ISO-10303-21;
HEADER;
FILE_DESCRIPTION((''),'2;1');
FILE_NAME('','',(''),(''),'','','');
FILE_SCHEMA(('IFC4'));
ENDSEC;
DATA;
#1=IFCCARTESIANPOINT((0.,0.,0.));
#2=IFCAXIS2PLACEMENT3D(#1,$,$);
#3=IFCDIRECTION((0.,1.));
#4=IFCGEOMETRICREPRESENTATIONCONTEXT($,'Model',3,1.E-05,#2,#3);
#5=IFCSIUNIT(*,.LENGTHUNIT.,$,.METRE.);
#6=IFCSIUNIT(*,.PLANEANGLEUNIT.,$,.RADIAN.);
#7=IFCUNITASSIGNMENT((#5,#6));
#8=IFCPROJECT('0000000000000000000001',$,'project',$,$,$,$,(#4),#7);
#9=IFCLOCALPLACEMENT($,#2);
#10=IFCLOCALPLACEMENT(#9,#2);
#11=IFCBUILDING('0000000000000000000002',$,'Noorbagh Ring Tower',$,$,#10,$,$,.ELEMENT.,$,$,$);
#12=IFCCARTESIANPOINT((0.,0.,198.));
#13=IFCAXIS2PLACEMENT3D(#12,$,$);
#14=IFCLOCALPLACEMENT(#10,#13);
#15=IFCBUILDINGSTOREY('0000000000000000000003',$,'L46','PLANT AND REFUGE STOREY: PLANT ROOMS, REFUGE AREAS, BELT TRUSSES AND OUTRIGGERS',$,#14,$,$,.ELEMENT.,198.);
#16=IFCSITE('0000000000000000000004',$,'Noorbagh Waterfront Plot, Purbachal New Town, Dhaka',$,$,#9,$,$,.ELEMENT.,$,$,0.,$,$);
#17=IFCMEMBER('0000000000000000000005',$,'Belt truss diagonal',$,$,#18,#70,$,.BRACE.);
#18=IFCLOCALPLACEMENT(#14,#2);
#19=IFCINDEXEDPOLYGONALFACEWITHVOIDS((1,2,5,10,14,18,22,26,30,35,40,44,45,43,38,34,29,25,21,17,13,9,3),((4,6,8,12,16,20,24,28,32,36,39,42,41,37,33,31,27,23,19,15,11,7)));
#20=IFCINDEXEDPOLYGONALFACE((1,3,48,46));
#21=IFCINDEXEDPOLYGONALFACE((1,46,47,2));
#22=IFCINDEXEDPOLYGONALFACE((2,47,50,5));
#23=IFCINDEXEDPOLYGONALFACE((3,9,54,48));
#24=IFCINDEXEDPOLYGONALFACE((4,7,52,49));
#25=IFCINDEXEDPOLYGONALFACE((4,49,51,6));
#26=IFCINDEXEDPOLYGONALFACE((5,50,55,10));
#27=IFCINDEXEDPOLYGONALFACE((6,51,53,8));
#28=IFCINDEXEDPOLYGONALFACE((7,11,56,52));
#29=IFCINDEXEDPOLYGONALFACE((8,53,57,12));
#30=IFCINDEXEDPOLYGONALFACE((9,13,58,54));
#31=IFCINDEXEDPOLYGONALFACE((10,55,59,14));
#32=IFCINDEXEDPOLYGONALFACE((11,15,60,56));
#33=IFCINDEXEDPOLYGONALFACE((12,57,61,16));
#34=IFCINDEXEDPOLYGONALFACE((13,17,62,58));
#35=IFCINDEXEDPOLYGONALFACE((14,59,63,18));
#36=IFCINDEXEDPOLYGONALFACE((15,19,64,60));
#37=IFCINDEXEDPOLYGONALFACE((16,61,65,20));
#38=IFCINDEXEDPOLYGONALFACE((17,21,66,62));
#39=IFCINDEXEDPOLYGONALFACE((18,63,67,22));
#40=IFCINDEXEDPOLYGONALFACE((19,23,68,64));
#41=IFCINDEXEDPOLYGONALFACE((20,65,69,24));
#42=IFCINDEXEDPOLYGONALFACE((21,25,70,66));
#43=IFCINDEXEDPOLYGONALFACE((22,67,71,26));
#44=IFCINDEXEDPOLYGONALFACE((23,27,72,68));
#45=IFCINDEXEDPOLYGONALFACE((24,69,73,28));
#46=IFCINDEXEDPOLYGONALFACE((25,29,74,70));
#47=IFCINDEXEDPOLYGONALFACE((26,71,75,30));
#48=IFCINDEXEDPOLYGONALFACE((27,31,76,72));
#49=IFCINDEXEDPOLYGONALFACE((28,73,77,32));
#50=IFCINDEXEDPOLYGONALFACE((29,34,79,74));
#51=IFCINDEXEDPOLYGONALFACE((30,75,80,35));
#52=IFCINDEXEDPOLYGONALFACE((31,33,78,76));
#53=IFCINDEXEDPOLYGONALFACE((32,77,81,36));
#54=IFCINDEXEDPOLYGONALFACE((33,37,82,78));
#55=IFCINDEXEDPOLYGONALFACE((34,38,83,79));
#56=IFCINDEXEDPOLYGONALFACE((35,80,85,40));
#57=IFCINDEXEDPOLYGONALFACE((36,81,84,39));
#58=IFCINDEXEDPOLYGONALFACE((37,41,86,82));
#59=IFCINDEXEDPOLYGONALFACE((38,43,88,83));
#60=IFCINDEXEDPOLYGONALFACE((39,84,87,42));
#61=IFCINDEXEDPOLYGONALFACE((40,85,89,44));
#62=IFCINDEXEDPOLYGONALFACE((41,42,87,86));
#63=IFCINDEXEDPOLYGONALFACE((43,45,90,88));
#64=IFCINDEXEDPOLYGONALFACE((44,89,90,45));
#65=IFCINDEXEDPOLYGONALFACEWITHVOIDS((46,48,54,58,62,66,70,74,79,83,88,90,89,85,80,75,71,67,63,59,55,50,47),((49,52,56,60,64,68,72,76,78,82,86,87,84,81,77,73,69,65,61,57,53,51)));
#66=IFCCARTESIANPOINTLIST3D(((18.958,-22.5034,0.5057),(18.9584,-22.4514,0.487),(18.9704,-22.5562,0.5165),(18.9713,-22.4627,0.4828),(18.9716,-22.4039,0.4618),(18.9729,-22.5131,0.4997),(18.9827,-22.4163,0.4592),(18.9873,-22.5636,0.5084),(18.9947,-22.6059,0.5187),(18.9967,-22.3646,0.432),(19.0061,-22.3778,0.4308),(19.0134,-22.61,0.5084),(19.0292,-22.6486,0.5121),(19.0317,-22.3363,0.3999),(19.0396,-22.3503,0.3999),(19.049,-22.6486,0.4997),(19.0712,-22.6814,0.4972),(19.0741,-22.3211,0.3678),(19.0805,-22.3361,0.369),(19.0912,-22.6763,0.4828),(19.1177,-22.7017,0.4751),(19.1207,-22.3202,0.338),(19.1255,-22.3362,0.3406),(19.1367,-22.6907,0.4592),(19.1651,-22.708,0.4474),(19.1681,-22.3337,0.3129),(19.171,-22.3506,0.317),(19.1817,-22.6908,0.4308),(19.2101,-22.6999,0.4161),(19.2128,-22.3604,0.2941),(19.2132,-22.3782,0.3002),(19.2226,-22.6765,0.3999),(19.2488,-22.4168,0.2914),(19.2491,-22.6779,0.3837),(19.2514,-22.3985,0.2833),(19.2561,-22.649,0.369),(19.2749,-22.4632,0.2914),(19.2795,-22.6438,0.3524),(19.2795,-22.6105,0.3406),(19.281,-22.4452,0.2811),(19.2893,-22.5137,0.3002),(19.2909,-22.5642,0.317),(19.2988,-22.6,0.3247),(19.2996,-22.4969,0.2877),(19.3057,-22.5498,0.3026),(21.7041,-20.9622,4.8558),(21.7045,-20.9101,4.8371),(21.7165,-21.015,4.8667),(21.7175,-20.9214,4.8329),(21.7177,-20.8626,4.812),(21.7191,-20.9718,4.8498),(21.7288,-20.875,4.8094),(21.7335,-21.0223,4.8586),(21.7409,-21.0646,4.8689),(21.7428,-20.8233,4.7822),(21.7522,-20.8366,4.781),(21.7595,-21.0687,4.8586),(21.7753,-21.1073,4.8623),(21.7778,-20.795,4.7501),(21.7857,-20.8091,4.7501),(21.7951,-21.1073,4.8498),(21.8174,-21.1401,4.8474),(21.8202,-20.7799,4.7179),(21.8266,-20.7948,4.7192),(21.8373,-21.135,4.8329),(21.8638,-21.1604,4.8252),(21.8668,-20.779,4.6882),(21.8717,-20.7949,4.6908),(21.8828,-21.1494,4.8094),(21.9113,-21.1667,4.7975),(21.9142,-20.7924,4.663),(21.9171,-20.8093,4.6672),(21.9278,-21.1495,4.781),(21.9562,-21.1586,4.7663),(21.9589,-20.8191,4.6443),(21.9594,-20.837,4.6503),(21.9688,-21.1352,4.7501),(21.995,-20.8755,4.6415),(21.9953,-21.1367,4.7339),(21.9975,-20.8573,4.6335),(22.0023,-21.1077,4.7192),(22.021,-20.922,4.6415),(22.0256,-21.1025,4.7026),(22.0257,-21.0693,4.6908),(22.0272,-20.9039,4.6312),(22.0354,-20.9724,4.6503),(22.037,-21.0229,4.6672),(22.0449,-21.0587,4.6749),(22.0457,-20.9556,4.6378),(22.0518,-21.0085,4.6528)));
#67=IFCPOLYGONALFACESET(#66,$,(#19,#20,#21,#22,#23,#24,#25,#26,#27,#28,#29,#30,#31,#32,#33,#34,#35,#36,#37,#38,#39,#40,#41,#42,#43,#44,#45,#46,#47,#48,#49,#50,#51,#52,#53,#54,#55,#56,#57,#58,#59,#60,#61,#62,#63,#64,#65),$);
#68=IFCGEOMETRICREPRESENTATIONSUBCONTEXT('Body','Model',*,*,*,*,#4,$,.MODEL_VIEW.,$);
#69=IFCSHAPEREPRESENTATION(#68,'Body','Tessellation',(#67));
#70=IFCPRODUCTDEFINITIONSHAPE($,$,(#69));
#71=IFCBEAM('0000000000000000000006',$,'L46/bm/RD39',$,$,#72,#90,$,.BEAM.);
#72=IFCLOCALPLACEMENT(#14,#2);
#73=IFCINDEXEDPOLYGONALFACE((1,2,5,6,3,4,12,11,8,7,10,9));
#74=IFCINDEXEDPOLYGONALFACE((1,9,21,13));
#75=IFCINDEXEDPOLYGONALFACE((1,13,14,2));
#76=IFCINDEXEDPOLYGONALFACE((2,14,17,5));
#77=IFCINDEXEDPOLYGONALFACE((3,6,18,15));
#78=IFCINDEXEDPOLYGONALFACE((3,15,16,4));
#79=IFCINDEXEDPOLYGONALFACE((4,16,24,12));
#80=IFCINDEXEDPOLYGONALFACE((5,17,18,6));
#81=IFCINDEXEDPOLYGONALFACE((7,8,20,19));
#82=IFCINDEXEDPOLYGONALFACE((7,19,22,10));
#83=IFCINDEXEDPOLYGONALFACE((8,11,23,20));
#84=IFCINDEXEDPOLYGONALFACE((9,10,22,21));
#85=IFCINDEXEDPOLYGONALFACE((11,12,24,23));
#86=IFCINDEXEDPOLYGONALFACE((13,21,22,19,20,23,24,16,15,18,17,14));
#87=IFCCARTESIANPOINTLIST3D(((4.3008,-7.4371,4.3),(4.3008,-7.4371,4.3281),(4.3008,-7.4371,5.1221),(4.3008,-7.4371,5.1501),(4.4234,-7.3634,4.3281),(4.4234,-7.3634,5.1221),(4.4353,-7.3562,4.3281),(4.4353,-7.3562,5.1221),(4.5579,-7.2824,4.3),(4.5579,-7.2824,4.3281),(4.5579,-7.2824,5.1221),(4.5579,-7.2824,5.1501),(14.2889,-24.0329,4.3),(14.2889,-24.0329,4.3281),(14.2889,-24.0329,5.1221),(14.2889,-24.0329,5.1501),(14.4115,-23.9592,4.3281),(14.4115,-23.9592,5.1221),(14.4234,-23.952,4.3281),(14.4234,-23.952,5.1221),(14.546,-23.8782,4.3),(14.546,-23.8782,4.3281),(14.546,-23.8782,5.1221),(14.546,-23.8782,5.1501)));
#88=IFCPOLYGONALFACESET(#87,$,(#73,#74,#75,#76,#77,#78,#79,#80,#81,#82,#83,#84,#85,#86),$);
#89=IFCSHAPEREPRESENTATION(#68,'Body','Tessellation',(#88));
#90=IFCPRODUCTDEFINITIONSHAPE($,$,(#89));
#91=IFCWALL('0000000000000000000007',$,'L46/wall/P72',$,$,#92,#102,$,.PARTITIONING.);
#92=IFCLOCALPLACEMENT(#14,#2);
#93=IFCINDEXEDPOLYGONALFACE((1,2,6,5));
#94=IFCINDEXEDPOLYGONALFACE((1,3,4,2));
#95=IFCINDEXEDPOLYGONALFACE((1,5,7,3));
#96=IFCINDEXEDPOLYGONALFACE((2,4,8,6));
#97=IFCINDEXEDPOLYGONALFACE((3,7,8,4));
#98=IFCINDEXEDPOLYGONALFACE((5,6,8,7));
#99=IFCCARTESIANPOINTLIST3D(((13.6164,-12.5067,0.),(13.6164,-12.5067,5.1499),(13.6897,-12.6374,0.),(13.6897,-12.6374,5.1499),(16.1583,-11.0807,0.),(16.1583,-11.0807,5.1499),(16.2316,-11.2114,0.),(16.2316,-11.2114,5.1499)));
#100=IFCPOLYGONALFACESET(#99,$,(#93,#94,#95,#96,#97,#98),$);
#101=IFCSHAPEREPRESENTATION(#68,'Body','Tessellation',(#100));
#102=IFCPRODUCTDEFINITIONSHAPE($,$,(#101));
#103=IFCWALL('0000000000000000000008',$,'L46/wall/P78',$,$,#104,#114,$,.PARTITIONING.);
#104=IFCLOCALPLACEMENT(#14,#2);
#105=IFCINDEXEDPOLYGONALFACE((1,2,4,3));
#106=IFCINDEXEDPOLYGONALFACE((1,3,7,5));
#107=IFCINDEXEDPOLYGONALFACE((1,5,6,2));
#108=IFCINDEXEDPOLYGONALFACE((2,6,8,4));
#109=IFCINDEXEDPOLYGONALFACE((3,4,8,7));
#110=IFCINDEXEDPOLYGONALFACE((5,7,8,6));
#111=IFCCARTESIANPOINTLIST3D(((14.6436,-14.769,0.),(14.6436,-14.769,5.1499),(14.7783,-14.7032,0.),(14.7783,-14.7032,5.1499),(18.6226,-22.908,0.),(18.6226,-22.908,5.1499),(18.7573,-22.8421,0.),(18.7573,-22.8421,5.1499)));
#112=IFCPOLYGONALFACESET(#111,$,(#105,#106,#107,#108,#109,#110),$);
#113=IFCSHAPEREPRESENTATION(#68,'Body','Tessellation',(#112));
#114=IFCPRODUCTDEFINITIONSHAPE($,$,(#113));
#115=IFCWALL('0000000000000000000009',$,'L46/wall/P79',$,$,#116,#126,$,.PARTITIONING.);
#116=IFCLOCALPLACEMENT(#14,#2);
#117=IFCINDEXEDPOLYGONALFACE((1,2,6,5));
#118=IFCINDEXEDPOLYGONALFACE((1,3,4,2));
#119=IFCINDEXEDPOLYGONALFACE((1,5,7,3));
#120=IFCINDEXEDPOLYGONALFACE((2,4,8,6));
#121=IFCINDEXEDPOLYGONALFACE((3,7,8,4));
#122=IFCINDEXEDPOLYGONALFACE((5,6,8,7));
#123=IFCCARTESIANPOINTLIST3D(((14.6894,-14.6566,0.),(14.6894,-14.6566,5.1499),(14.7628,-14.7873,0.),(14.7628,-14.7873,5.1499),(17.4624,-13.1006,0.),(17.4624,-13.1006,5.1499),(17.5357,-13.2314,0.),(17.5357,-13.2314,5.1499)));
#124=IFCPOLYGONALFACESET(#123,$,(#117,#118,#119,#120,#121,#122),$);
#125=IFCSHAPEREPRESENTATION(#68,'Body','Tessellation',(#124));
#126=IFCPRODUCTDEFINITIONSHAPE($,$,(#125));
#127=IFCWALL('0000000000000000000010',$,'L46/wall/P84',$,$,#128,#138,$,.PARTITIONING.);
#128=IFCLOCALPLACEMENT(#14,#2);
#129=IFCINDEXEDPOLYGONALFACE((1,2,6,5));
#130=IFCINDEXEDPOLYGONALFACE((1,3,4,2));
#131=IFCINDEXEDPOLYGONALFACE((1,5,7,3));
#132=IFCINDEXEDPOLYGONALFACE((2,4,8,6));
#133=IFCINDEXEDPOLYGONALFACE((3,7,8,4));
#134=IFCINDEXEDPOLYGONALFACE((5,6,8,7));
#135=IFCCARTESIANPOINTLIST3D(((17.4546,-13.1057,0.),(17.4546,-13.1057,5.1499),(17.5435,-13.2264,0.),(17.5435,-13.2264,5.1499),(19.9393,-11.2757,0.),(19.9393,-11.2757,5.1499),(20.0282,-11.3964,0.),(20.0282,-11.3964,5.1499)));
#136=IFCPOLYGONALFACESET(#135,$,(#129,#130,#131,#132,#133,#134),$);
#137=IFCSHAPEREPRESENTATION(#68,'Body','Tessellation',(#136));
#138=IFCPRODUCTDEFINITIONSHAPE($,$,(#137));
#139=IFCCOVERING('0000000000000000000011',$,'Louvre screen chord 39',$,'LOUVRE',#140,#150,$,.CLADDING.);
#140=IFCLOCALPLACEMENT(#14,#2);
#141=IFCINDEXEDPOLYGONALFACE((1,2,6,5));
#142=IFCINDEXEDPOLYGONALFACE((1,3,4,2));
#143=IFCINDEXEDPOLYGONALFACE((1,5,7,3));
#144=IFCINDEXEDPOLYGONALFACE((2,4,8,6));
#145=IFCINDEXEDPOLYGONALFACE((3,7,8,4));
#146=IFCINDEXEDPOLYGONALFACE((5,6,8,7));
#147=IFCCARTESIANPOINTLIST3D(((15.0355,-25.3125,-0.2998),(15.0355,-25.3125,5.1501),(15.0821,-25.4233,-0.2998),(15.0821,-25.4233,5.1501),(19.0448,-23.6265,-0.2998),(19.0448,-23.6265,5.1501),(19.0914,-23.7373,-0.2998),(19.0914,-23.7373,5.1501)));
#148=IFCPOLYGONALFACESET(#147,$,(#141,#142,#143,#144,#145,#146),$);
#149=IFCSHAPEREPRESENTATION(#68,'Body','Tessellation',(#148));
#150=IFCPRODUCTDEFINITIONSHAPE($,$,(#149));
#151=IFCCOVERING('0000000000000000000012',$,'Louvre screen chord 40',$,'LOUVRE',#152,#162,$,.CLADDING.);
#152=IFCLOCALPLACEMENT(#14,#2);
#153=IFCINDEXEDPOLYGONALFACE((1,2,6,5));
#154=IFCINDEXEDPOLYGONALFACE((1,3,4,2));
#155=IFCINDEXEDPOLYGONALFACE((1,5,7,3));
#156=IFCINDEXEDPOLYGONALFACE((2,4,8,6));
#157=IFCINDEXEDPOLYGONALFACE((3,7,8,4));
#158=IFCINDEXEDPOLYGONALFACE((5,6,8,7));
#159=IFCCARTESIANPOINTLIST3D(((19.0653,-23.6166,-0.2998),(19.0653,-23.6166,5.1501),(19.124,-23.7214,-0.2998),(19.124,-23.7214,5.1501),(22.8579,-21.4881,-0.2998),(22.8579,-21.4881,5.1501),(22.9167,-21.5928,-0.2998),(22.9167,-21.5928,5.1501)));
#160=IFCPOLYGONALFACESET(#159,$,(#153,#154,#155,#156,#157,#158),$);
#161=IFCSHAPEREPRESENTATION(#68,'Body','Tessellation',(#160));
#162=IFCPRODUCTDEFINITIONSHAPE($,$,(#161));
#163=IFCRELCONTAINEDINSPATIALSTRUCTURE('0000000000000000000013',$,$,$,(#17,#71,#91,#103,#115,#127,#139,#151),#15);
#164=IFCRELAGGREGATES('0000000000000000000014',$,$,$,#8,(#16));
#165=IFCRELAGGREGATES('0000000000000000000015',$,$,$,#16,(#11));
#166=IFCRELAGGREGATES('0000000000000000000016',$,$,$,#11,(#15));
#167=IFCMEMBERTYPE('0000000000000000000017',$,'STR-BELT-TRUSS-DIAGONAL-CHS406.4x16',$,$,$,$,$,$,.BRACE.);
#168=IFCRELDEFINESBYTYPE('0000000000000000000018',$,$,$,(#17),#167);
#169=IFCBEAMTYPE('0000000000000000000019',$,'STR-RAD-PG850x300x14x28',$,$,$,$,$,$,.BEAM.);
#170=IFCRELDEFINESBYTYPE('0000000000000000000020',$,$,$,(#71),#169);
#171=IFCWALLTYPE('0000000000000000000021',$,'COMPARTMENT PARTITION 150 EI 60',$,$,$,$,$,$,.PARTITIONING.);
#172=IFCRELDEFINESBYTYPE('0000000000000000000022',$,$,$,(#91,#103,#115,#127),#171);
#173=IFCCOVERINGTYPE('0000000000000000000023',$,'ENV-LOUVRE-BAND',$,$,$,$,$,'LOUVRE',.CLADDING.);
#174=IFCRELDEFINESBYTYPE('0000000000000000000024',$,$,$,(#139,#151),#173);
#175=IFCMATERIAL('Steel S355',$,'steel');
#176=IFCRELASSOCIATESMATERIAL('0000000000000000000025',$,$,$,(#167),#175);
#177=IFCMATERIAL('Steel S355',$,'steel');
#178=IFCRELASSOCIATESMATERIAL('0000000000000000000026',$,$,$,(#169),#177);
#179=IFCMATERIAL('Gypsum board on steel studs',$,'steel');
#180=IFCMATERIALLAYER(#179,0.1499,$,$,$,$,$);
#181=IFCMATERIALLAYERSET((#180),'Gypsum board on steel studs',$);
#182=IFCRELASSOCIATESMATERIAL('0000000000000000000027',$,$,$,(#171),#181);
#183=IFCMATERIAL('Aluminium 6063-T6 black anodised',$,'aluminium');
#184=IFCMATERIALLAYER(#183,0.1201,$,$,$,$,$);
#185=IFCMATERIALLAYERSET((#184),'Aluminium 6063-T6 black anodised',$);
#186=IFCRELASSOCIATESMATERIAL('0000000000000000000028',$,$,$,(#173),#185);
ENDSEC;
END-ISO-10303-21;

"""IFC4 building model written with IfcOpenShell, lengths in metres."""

from ifc_helpers import new_model, si_unit, direction, frame, frame_2d, origin, origin_2d, place, context, subcontext, project, spatial, rectangle, hollow_circle, i_section, extrude, material, layer, layer_set, material_profile, profile_set, type_object, element, save


model = new_model("IFC4")

# Units and contexts
model_context = context("Model", 3, precision=1e-05, world=origin(), true_north=direction((0.0, 1.0)))
body_context = subcontext(model_context, "Body", "Model", "MODEL_VIEW")
ifc_project = project(units=[si_unit("LENGTHUNIT", "METRE"), si_unit("PLANEANGLEUNIT", "RADIAN")], contexts=[model_context])

# Site, building, storey
site_placement = place(None, origin())
site = spatial("IfcSite", under=ifc_project, at=site_placement, Name="Noorbagh Waterfront Plot, Purbachal New Town, Dhaka", CompositionType="ELEMENT", RefElevation=0.0)
building_placement = place(site_placement, origin())
building = spatial("IfcBuilding", under=site, at=building_placement, Name="Noorbagh Ring Tower", CompositionType="ELEMENT")
storey_placement = place(building_placement, frame((0.0, 0.0, 198.0)))
storey = spatial("IfcBuildingStorey", under=building, at=storey_placement, Name="L46", Description="PLANT AND REFUGE STOREY: PLANT ROOMS, REFUGE AREAS, BELT TRUSSES AND OUTRIGGERS", CompositionType="ELEMENT", Elevation=198.0)

# Member
ifc_material_1 = material(Name="Steel S355", Category="steel")
ifc_material_profile_1 = material_profile(ifc_material_1, hollow_circle(Radius=0.2031, WallThickness=0.0161, at=origin_2d()), Name="CHS406.4x16")
ifc_profile_set_1 = profile_set([ifc_material_profile_1], Name="Steel S355")
member_type = type_object("IfcMemberType", Name="STR-BELT-TRUSS-DIAGONAL-CHS406.4x16", PredefinedType="BRACE", material=ifc_profile_set_1)
member_1_placement = place(storey_placement, frame((19.1311, -22.5134, 0.3999), z_axis=(0.511351, 0.286998, 0.810032), x_axis=(-0.489437, 0.872039, 0.0)))
element("IfcMember", 1, at=member_1_placement, inside=storey, type_object=member_type, Name="Belt truss diagonal", PredefinedType="BRACE", context=body_context, shape_type="SweptSolid", body=[
    extrude(hollow_circle(Radius=0.2031, WallThickness=0.0161, at=origin_2d()), origin(), (0.0, 0.0, 1.0), 5.3704),
])

# Beam
ifc_material_2 = material(Name="Steel S355", Category="steel")
ifc_material_profile_2 = material_profile(ifc_material_2, i_section(OverallWidth=0.3, OverallDepth=0.8501, WebThickness=0.0139, FlangeThickness=0.0281, at=origin_2d()), Name="PG850x300x14x28")
ifc_profile_set_2 = profile_set([ifc_material_profile_2], Name="Steel S355")
beam_type_1 = type_object("IfcBeamType", Name="STR-RAD-PG850x300x14x28", PredefinedType="BEAM", material=ifc_profile_set_2)
beam_placement = place(storey_placement, frame((14.4175, -23.9556, 4.7251), z_axis=(-0.515657, 0.856795, 0.0), x_axis=(-0.856795, -0.515657, 0.0)))
element("IfcBeam", 2, at=beam_placement, inside=storey, type_object=beam_type_1, Name="L46/bm/RD39", PredefinedType="BEAM", context=body_context, shape_type="SweptSolid", body=[
    extrude(i_section(OverallWidth=0.3, OverallDepth=0.8501, WebThickness=0.0139, FlangeThickness=0.0281, at=origin_2d()), origin(), (0.0, 0.0, 1.0), 19.3696),
])

# Walls
ifc_material_3 = material(Name="Gypsum board on steel studs", Category="steel")
ifc_layer_1 = layer(ifc_material_3, 0.1499)
ifc_layer_set_1 = layer_set([ifc_layer_1], Name="Gypsum board on steel studs")
wall_type = type_object("IfcWallType", Name="COMPARTMENT PARTITION 150 EI 60", PredefinedType="PARTITIONING", material=ifc_layer_set_1)
wall_1_placement = place(storey_placement, frame((13.6531, -12.572, 0.0), z_axis=(0.0, 0.0, 1.0), x_axis=(0.872139, 0.489259, 0.0)))
element("IfcWall", 3, at=wall_1_placement, inside=storey, type_object=wall_type, Name="L46/wall/P72", PredefinedType="PARTITIONING", context=body_context, shape_type="SweptSolid", body=[
    extrude(rectangle(XDim=2.9146, YDim=0.1499, at=frame_2d((1.4573, 0.0))), origin(), (0.0, 0.0, 1.0), 5.1499),
])
wall_2_placement = place(storey_placement, frame((14.7109, -14.7361, 0.0), z_axis=(0.0, 0.0, 1.0), x_axis=(0.439208, -0.898385, 0.0)))
element("IfcWall", 4, at=wall_2_placement, inside=storey, type_object=wall_type, Name="L46/wall/P78", PredefinedType="PARTITIONING", context=body_context, shape_type="SweptSolid", body=[
    extrude(rectangle(XDim=9.0596, YDim=0.1499, at=frame_2d((4.5298, 0.0))), origin(), (0.0, 0.0, 1.0), 5.1499),
])
wall_3_placement = place(storey_placement, frame((14.7261, -14.7219, 0.0), z_axis=(0.0, 0.0, 1.0), x_axis=(0.872096, 0.489335, 0.0)))
element("IfcWall", 5, at=wall_3_placement, inside=storey, type_object=wall_type, Name="L46/wall/P79", PredefinedType="PARTITIONING", context=body_context, shape_type="SweptSolid", body=[
    extrude(rectangle(XDim=3.1797, YDim=0.1499, at=frame_2d((1.5898, 0.0))), origin(), (0.0, 0.0, 1.0), 5.1499),
])
wall_4_placement = place(storey_placement, frame((17.499, -13.166, 0.0), z_axis=(0.0, 0.0, 1.0), x_axis=(0.805191, 0.593016, 0.0)))
element("IfcWall", 6, at=wall_4_placement, inside=storey, type_object=wall_type, Name="L46/wall/P84", PredefinedType="PARTITIONING", context=body_context, shape_type="SweptSolid", body=[
    extrude(rectangle(XDim=3.0859, YDim=0.1499, at=frame_2d((1.543, 0.0))), origin(), (0.0, 0.0, 1.0), 5.1499),
])

# Coverings
ifc_material_4 = material(Name="Aluminium 6063-T6 black anodised", Category="aluminium")
ifc_layer_2 = layer(ifc_material_4, 0.1201)
ifc_layer_set_2 = layer_set([ifc_layer_2], Name="Aluminium 6063-T6 black anodised")
covering_type_1 = type_object("IfcCoveringType", Name="ENV-LOUVRE-BAND", ElementType="LOUVRE", PredefinedType="CLADDING", material=ifc_layer_set_2)
covering_1_placement = place(storey_placement, frame((17.0635, -24.5249, -0.2998), z_axis=(0.0, 0.0, 1.0), x_axis=(0.921812, 0.387638, 0.0)))
element("IfcCovering", 7, at=covering_1_placement, inside=storey, type_object=covering_type_1, Name="Louvre screen chord 39", ObjectType="LOUVRE", PredefinedType="CLADDING", context=body_context, shape_type="SweptSolid", body=[
    extrude(rectangle(XDim=4.3494, YDim=0.1201, at=origin_2d()), origin(), (0.0, 0.0, 1.0), 5.45),
])
covering_2_placement = place(storey_placement, frame((20.991, -22.6047, -0.2998), z_axis=(0.0, 0.0, 1.0), x_axis=(0.872045, 0.489426, 0.0)))
element("IfcCovering", 8, at=covering_2_placement, inside=storey, type_object=covering_type_1, Name="Louvre screen chord 40", ObjectType="LOUVRE", PredefinedType="CLADDING", context=body_context, shape_type="SweptSolid", body=[
    extrude(rectangle(XDim=4.3491, YDim=0.1201, at=origin_2d()), origin(), (0.0, 0.0, 1.0), 5.45),
])

save(model, "model.ifc")
